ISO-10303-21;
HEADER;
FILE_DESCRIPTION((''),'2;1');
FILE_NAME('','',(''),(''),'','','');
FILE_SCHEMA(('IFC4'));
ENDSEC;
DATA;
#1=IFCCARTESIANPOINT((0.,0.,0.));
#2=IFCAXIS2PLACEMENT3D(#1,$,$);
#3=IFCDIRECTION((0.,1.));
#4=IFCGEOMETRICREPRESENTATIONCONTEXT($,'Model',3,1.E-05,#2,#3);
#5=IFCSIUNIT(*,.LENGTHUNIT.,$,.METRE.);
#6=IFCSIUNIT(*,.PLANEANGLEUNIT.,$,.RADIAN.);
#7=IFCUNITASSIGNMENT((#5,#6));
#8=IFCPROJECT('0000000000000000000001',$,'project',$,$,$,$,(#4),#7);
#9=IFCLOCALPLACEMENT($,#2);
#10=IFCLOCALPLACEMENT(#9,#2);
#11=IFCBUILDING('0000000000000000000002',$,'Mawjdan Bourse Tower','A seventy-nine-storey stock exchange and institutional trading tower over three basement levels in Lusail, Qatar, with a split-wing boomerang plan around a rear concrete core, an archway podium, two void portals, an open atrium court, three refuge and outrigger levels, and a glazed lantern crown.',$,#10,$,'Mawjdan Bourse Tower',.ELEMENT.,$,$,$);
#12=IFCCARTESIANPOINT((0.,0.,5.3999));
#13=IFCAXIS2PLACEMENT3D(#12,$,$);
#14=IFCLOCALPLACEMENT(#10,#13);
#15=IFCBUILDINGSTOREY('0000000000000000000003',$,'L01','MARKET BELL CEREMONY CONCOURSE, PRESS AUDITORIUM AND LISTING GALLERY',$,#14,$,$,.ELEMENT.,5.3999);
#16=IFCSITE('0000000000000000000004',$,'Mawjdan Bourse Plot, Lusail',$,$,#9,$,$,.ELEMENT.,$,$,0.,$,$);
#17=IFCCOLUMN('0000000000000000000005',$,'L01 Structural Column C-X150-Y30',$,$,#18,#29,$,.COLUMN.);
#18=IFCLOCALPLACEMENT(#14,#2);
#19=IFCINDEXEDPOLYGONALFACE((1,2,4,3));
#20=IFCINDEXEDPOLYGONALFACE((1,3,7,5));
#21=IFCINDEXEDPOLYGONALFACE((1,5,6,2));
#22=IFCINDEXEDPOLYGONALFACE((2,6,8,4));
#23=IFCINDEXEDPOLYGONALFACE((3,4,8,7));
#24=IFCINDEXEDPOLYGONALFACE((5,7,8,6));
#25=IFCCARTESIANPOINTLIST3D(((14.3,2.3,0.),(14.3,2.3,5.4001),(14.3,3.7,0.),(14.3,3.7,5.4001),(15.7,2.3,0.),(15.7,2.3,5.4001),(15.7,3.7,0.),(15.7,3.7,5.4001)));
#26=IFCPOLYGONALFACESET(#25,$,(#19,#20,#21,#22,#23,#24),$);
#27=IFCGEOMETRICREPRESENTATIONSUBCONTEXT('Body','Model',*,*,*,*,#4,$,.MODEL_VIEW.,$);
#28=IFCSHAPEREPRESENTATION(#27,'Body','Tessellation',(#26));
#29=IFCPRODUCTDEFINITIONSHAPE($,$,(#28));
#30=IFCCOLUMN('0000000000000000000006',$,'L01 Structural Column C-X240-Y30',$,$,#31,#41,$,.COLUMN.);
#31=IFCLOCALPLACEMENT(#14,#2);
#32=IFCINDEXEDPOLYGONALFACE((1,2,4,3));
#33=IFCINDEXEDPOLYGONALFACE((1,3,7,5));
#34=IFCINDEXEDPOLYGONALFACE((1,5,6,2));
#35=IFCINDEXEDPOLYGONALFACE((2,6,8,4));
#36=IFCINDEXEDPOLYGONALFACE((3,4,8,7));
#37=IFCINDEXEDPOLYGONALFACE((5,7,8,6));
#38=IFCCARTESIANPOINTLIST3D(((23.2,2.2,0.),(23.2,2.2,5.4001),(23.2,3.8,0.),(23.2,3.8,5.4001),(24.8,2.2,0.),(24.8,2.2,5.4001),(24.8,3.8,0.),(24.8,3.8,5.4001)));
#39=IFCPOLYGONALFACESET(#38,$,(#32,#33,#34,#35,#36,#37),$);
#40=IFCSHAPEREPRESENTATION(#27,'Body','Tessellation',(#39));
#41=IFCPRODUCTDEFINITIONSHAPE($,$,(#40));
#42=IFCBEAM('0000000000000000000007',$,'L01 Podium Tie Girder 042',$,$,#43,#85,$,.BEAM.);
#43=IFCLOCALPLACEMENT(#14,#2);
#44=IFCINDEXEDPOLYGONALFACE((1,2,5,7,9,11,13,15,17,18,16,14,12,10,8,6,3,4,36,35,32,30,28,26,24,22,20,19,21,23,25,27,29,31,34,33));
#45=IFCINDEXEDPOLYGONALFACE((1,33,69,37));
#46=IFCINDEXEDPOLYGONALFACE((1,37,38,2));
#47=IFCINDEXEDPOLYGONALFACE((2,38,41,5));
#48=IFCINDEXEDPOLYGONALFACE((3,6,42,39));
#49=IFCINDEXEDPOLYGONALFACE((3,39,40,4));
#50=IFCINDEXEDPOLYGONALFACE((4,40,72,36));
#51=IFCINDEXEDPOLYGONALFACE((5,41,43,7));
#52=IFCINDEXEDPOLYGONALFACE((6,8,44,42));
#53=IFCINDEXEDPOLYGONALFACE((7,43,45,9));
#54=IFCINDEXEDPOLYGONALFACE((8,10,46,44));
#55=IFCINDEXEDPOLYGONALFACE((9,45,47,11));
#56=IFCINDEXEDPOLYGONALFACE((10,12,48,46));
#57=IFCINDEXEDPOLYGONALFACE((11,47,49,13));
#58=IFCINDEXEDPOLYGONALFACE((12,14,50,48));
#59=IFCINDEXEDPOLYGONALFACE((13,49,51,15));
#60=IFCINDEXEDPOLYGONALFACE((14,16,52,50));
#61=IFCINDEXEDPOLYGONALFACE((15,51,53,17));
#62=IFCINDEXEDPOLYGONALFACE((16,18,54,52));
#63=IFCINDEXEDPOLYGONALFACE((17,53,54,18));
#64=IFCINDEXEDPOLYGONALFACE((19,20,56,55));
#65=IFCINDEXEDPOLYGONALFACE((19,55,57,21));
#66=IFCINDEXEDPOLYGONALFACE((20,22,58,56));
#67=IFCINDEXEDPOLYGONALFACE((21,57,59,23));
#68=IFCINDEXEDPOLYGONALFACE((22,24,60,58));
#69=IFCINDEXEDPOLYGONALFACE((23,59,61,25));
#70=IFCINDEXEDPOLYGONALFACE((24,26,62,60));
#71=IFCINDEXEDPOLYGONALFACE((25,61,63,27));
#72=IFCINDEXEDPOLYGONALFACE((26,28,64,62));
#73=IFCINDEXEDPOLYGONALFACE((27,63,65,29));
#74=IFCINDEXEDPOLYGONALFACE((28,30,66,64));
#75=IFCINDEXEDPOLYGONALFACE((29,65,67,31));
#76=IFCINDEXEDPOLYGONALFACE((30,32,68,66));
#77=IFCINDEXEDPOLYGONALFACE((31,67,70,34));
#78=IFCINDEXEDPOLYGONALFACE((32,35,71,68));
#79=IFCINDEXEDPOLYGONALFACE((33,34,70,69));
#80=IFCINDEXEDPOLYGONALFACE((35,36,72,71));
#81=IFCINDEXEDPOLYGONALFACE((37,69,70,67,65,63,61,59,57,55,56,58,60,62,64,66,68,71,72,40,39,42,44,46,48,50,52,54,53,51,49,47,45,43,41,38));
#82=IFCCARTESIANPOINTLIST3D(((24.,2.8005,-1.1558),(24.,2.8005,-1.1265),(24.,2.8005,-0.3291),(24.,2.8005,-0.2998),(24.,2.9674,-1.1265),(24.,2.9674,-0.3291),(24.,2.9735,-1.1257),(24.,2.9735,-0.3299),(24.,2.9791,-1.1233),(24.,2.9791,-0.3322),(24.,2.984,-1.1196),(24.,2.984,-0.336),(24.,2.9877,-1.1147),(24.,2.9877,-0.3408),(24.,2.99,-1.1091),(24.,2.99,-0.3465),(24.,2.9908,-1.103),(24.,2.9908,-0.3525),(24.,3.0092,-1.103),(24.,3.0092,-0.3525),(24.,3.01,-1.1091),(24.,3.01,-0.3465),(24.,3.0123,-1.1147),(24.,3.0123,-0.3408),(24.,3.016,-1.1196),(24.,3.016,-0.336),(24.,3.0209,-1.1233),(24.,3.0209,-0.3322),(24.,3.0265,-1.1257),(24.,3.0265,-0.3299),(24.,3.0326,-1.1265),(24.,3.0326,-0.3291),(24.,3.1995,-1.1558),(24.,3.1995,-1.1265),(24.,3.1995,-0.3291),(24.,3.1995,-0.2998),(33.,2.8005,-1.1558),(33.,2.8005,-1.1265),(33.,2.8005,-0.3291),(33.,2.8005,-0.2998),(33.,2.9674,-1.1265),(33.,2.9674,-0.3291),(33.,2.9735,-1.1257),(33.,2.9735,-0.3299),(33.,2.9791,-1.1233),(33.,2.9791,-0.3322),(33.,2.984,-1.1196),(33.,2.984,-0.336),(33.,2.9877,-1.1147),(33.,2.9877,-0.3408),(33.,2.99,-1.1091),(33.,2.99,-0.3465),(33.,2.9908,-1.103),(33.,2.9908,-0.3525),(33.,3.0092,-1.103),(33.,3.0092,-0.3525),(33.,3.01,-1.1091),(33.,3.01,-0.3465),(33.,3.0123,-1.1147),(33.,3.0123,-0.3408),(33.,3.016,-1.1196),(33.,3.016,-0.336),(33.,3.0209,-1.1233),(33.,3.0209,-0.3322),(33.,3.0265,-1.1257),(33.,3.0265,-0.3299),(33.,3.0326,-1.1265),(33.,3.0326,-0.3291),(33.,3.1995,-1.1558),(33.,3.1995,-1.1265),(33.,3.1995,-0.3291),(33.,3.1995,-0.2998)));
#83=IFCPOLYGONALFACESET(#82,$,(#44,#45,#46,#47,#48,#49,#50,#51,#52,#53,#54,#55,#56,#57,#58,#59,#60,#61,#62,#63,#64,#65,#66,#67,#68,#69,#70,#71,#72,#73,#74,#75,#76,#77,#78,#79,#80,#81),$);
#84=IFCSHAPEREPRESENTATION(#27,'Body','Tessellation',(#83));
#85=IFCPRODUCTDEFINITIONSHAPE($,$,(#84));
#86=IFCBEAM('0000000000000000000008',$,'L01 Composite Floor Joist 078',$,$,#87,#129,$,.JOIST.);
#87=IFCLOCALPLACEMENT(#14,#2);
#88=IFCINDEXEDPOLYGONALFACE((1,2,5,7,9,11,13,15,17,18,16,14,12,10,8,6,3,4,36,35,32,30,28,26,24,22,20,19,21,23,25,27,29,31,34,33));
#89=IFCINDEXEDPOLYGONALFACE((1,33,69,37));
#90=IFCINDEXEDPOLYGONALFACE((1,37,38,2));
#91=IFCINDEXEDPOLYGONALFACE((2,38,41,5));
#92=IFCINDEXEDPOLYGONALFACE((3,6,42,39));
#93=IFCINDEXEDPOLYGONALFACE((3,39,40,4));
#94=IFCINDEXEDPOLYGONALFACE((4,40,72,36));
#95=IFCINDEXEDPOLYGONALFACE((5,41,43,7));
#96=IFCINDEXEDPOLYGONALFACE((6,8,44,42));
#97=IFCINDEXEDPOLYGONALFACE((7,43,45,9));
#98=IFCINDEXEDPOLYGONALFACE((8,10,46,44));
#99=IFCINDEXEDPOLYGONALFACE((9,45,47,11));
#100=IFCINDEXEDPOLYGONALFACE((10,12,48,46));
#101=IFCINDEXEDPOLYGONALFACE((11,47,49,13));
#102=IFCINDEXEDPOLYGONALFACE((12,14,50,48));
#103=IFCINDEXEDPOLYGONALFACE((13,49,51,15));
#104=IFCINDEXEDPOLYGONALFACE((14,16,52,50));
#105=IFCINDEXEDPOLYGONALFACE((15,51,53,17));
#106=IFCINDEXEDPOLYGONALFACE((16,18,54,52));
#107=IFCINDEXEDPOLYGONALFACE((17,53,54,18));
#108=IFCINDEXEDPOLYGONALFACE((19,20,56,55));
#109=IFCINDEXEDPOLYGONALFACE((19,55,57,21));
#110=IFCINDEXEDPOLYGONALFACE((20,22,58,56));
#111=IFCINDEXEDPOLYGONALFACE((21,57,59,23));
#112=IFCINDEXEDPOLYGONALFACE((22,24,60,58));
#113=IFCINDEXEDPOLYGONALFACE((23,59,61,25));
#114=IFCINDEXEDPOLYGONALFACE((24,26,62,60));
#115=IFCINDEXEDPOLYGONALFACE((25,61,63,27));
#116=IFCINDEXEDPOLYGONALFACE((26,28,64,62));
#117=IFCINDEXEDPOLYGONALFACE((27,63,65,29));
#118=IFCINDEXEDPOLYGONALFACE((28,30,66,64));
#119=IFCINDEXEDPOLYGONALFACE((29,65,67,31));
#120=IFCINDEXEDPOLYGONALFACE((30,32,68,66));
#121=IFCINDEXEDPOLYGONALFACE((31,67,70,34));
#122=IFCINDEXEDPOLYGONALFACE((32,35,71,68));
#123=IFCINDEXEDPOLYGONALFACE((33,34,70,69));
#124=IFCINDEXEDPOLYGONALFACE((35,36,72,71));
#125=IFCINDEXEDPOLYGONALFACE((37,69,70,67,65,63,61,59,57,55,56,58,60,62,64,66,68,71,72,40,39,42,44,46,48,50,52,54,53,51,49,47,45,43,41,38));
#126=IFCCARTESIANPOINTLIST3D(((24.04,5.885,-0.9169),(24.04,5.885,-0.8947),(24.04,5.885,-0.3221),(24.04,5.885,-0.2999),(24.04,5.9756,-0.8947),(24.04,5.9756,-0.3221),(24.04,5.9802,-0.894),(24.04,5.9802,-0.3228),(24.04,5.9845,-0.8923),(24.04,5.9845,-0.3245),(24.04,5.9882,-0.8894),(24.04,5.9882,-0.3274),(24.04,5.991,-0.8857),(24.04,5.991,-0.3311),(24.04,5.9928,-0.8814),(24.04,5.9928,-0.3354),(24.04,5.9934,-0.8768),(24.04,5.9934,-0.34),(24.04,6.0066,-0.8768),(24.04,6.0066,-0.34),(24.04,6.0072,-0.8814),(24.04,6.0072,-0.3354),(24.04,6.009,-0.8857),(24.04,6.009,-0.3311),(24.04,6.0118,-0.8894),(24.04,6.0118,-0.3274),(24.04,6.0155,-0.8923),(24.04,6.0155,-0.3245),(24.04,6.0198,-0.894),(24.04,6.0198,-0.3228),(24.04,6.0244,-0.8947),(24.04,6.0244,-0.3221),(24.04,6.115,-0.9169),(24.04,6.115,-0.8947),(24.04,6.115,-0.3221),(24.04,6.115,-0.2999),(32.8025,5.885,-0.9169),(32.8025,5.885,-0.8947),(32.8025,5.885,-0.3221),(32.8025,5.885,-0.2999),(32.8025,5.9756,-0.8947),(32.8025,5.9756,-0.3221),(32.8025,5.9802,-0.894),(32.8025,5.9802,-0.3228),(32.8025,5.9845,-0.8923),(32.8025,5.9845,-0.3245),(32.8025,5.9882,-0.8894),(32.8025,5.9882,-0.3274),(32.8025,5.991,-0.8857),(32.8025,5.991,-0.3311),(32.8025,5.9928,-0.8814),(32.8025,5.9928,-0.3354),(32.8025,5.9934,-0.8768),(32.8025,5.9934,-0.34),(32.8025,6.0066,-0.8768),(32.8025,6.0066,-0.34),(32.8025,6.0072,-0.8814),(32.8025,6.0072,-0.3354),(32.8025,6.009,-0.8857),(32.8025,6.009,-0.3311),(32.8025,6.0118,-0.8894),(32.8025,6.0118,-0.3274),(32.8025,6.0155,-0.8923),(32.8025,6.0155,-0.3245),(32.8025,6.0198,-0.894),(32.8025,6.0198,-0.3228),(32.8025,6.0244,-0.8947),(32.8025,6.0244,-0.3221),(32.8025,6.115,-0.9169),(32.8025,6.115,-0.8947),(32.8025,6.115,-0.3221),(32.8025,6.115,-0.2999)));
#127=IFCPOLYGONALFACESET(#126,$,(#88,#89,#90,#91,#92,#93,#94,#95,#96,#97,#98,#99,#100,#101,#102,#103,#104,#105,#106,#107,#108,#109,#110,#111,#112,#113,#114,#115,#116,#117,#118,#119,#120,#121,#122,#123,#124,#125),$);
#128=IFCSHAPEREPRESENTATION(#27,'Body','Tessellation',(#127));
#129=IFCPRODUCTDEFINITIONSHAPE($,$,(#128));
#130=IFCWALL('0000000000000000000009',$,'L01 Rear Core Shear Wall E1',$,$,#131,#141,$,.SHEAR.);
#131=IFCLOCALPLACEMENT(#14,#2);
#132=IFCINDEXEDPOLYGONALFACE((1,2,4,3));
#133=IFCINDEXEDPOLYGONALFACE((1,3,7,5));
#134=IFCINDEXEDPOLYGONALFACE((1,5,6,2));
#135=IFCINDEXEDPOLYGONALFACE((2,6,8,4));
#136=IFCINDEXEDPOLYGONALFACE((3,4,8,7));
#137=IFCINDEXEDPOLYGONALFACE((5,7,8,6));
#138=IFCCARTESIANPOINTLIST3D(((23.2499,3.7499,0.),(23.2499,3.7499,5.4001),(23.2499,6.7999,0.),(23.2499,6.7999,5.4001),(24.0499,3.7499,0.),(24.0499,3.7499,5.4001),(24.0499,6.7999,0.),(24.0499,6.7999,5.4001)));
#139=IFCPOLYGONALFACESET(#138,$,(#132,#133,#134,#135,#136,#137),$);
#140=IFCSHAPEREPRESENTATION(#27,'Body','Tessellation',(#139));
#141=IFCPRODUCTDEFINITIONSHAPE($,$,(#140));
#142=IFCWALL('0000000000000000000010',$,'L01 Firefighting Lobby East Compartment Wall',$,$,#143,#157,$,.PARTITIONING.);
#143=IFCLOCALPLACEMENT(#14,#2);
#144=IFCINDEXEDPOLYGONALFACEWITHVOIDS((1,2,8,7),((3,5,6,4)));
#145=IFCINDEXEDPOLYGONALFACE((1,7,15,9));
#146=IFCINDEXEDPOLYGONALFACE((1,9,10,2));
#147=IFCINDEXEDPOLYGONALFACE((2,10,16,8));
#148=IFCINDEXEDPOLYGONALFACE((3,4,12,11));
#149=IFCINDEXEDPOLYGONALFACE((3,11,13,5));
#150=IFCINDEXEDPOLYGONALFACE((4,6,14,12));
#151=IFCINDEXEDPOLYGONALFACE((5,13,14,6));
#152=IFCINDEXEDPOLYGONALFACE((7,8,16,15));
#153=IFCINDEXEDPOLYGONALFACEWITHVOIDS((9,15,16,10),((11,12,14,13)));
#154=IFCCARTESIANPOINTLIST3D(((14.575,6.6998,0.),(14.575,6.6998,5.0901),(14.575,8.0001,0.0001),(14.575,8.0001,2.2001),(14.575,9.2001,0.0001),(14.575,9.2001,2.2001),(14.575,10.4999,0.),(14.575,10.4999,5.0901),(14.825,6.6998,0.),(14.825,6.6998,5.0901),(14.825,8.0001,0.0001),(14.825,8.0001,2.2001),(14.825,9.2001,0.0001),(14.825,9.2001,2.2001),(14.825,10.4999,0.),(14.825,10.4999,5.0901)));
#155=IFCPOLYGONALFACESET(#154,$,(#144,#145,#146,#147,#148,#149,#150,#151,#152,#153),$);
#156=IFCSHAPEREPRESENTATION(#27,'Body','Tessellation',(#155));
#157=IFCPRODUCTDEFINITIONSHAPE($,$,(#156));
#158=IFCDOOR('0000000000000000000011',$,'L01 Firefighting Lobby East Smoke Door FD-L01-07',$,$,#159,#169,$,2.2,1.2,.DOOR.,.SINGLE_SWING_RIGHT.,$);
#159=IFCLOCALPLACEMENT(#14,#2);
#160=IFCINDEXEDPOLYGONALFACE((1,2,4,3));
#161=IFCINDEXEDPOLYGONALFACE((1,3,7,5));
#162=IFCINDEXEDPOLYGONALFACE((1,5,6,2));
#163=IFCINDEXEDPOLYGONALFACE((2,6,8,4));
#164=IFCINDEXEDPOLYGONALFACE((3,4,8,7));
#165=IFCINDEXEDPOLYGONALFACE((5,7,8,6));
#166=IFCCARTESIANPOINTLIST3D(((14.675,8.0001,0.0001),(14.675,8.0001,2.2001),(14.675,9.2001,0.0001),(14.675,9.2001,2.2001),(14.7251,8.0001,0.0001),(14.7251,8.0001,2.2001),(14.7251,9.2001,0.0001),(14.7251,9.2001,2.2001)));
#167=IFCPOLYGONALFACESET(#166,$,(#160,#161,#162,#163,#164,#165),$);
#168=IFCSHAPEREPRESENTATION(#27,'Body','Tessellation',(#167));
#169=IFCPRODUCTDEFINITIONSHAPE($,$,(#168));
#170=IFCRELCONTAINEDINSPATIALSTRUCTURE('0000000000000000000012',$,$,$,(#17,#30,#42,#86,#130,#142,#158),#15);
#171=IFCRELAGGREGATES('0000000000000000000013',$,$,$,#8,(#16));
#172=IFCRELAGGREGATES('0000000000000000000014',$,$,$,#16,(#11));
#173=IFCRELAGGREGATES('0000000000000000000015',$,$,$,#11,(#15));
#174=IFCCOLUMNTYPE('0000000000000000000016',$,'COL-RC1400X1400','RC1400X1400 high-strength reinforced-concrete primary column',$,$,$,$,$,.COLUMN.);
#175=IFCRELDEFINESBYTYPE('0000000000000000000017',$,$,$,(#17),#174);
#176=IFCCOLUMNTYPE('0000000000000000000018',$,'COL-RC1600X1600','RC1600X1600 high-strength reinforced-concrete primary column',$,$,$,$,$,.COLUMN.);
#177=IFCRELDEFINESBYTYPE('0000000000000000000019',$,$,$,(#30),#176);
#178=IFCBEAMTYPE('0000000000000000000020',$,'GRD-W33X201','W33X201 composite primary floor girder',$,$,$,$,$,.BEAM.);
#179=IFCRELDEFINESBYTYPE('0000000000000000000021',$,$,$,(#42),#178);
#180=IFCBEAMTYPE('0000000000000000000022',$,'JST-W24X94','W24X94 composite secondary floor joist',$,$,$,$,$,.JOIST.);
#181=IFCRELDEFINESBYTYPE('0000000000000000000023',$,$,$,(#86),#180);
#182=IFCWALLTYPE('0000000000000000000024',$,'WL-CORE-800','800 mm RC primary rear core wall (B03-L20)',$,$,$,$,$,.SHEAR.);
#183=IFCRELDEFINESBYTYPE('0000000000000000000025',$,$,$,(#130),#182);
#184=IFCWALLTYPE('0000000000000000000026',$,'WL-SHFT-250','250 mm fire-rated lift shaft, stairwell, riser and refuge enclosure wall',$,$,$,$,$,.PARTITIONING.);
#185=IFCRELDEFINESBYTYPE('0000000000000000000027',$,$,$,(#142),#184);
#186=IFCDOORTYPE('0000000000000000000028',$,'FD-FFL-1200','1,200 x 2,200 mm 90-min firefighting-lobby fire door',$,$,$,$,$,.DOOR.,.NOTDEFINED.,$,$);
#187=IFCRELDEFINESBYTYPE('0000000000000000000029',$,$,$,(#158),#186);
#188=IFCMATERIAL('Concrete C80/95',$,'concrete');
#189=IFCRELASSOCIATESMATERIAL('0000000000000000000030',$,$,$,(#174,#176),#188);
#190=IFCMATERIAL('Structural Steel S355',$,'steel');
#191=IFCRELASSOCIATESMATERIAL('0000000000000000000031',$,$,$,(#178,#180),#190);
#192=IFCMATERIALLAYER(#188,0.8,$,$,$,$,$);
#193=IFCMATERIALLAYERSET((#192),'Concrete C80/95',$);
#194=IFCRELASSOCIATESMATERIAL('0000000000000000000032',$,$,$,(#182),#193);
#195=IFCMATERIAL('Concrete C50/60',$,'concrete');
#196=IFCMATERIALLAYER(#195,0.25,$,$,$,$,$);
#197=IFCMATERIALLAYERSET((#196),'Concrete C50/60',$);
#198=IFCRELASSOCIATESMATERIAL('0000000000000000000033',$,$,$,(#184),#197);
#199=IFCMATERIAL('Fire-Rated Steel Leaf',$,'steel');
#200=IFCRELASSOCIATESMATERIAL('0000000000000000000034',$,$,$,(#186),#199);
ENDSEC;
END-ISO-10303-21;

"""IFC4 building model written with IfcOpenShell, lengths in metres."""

from ifc_helpers import new_model, si_unit, direction, frame, frame_2d, origin, origin_2d, place, context, subcontext, project, spatial, rectangle, i_section, extrude, material, layer, layer_set, material_profile, profile_set, type_object, element, fill, save


model = new_model("IFC4")

# Units and contexts
model_context = context("Model", 3, precision=1e-05, world=origin(), true_north=direction((0.0, 1.0)))
body_context = subcontext(model_context, "Body", "Model", "MODEL_VIEW")
ifc_project = project(units=[si_unit("LENGTHUNIT", "METRE"), si_unit("PLANEANGLEUNIT", "RADIAN")], contexts=[model_context])

# Site, building, storey
site_placement = place(None, origin())
site = spatial("IfcSite", under=ifc_project, at=site_placement, Name="Mawjdan Bourse Plot, Lusail", CompositionType="ELEMENT", RefElevation=0.0)
building_placement = place(site_placement, origin())
building = spatial("IfcBuilding", under=site, at=building_placement, Name="Mawjdan Bourse Tower", Description="A seventy-nine-storey stock exchange and institutional trading tower over three basement levels in Lusail, Qatar, with a split-wing boomerang plan around a rear concrete core, an archway podium, two void portals, an open atrium court, three refuge and outrigger levels, and a glazed lantern crown.", LongName="Mawjdan Bourse Tower", CompositionType="ELEMENT")
storey_placement = place(building_placement, frame((0.0, 0.0, 5.3999)))
storey = spatial("IfcBuildingStorey", under=building, at=storey_placement, Name="L01", Description="MARKET BELL CEREMONY CONCOURSE, PRESS AUDITORIUM AND LISTING GALLERY", CompositionType="ELEMENT", Elevation=5.3999)

# Columns
ifc_material_1 = material(Name="Concrete C80/95", Category="concrete")
ifc_material_profile_1 = material_profile(ifc_material_1, rectangle(XDim=1.3999, YDim=1.3999, at=origin_2d()), Name="RC1400X1400")
ifc_profile_set_1 = profile_set([ifc_material_profile_1], Name="Concrete C80/95")
column_type_1 = type_object("IfcColumnType", Name="COL-RC1400X1400", Description="RC1400X1400 high-strength reinforced-concrete primary column", PredefinedType="COLUMN", material=ifc_profile_set_1)
column_1_placement = place(storey_placement, frame((15.0, 3.0, 0.0), z_axis=(0.0, 0.0, 1.0), x_axis=(1.0, 0.0, 0.0)))
element("IfcColumn", 1, at=column_1_placement, inside=storey, type_object=column_type_1, Name="L01 Structural Column C-X150-Y30", PredefinedType="COLUMN", context=body_context, shape_type="SweptSolid", body=[
    extrude(rectangle(XDim=1.3999, YDim=1.3999, at=origin_2d()), origin(), (0.0, 0.0, 1.0), 5.4001),
])
ifc_material_profile_2 = material_profile(ifc_material_1, rectangle(XDim=1.6001, YDim=1.6001, at=origin_2d()), Name="RC1600X1600")
ifc_profile_set_2 = profile_set([ifc_material_profile_2], Name="Concrete C80/95")
column_type_2 = type_object("IfcColumnType", Name="COL-RC1600X1600", Description="RC1600X1600 high-strength reinforced-concrete primary column", PredefinedType="COLUMN", material=ifc_profile_set_2)
column_2_placement = place(storey_placement, frame((24.0, 3.0, 0.0), z_axis=(0.0, 0.0, 1.0), x_axis=(1.0, 0.0, 0.0)))
element("IfcColumn", 2, at=column_2_placement, inside=storey, type_object=column_type_2, Name="L01 Structural Column C-X240-Y30", PredefinedType="COLUMN", context=body_context, shape_type="SweptSolid", body=[
    extrude(rectangle(XDim=1.6001, YDim=1.6001, at=origin_2d()), origin(), (0.0, 0.0, 1.0), 5.4001),
])

# Beams
ifc_material_2 = material(Name="Structural Steel S355", Category="steel")
ifc_material_profile_3 = material_profile(ifc_material_2, i_section(OverallWidth=0.3989, OverallDepth=0.856, WebThickness=0.0183, FlangeThickness=0.0293, FilletRadius=0.0234, at=origin_2d()), Name="W33X201")
ifc_profile_set_3 = profile_set([ifc_material_profile_3], Name="Structural Steel S355")
beam_type_1 = type_object("IfcBeamType", Name="GRD-W33X201", Description="W33X201 composite primary floor girder", PredefinedType="BEAM", material=ifc_profile_set_3)
beam_1_placement = place(storey_placement, frame((24.0, 3.0, -0.7278), z_axis=(1.0, 0.0, 0.0), x_axis=(0.0, 1.0, 0.0)))
element("IfcBeam", 3, at=beam_1_placement, inside=storey, type_object=beam_type_1, Name="L01 Podium Tie Girder 042", PredefinedType="BEAM", context=body_context, shape_type="SweptSolid", body=[
    extrude(i_section(OverallWidth=0.3989, OverallDepth=0.856, WebThickness=0.0183, FlangeThickness=0.0293, FilletRadius=0.0234, at=origin_2d()), origin(), (0.0, 0.0, 1.0), 9.0),
])
ifc_material_profile_4 = material_profile(ifc_material_2, i_section(OverallWidth=0.23, OverallDepth=0.6169, WebThickness=0.0132, FlangeThickness=0.0222, FilletRadius=0.0178, at=origin_2d()), Name="W24X94")
ifc_profile_set_4 = profile_set([ifc_material_profile_4], Name="Structural Steel S355")
beam_type_2 = type_object("IfcBeamType", Name="JST-W24X94", Description="W24X94 composite secondary floor joist", PredefinedType="JOIST", material=ifc_profile_set_4)
beam_2_placement = place(storey_placement, frame((24.04, 6.0, -0.6084), z_axis=(1.0, 0.0, 0.0), x_axis=(0.0, 1.0, 0.0)))
element("IfcBeam", 4, at=beam_2_placement, inside=storey, type_object=beam_type_2, Name="L01 Composite Floor Joist 078", PredefinedType="JOIST", context=body_context, shape_type="SweptSolid", body=[
    extrude(i_section(OverallWidth=0.23, OverallDepth=0.6169, WebThickness=0.0132, FlangeThickness=0.0222, FilletRadius=0.0178, at=origin_2d()), origin(), (0.0, 0.0, 1.0), 8.7625),
])

# Wall
ifc_layer_1 = layer(ifc_material_1, 0.8)
ifc_layer_set_1 = layer_set([ifc_layer_1], Name="Concrete C80/95")
wall_type_1 = type_object("IfcWallType", Name="WL-CORE-800", Description="800 mm RC primary rear core wall (B03-L20)", PredefinedType="SHEAR", material=ifc_layer_set_1)
wall_1_placement = place(storey_placement, frame((23.6499, 3.75, 0.0), z_axis=(0.0, 0.0, 1.0), x_axis=(0.0, 1.0, 0.0)))
element("IfcWall", 5, at=wall_1_placement, inside=storey, type_object=wall_type_1, Name="L01 Rear Core Shear Wall E1", PredefinedType="SHEAR", context=body_context, shape_type="SweptSolid", body=[
    extrude(rectangle(XDim=3.05, YDim=0.8, at=frame_2d((1.5249, 0.0))), origin(), (0.0, 0.0, 1.0), 5.4001),
])

# Wall, opening, door
ifc_material_3 = material(Name="Concrete C50/60", Category="concrete")
ifc_layer_2 = layer(ifc_material_3, 0.25)
ifc_layer_set_2 = layer_set([ifc_layer_2], Name="Concrete C50/60")
wall_type_2 = type_object("IfcWallType", Name="WL-SHFT-250", Description="250 mm fire-rated lift shaft, stairwell, riser and refuge enclosure wall", PredefinedType="PARTITIONING", material=ifc_layer_set_2)
wall_2_placement = place(storey_placement, frame((14.7, 6.7, 0.0), z_axis=(0.0, 0.0, 1.0), x_axis=(0.0, 1.0, 0.0)))
wall_2 = element("IfcWall", 6, at=wall_2_placement, inside=storey, type_object=wall_type_2, Name="L01 Firefighting Lobby East Compartment Wall", PredefinedType="PARTITIONING", context=body_context, shape_type="SweptSolid", body=[
    extrude(rectangle(XDim=3.8, YDim=0.25, at=frame_2d((1.8999, 0.0))), origin(), (0.0, 0.0, 1.0), 5.0901),
])
opening_1_placement = place(wall_2_placement, frame((1.3, 0.0, 0.0)))
opening_1 = element("IfcOpeningElement", 7, at=opening_1_placement, cuts=wall_2, PredefinedType="OPENING", context=body_context, shape_type="SweptSolid", body=[
    extrude(rectangle(XDim=1.2, YDim=2.2, at=frame_2d((0.6001, 1.1001))), frame((0.0, 0.135, 0.0), z_axis=(0.0, -1.0, 0.0), x_axis=(1.0, 0.0, 0.0)), (0.0, 0.0, 1.0), 0.27),
])
ifc_material_4 = material(Name="Fire-Rated Steel Leaf", Category="steel")
door_type_1 = type_object("IfcDoorType", Name="FD-FFL-1200", Description="1,200 x 2,200 mm 90-min firefighting-lobby fire door", OperationType="NOTDEFINED", PredefinedType="DOOR", material=ifc_material_4)
door_1_placement = place(opening_1_placement, origin())
door_1 = element("IfcDoor", 8, at=door_1_placement, inside=storey, type_object=door_type_1, Name="L01 Firefighting Lobby East Smoke Door FD-L01-07", OperationType="SINGLE_SWING_RIGHT", OverallHeight=2.2, OverallWidth=1.2, PredefinedType="DOOR", context=body_context, shape_type="SweptSolid", body=[
    extrude(rectangle(XDim=1.2, YDim=2.2, at=frame_2d((0.6001, 1.1001))), frame((0.0, 0.0249, 0.0), z_axis=(0.0, -1.0, 0.0), x_axis=(1.0, 0.0, 0.0)), (0.0, 0.0, 1.0), 0.05),
])
fill(opening_1, door_1)

save(model, "model.ifc")
